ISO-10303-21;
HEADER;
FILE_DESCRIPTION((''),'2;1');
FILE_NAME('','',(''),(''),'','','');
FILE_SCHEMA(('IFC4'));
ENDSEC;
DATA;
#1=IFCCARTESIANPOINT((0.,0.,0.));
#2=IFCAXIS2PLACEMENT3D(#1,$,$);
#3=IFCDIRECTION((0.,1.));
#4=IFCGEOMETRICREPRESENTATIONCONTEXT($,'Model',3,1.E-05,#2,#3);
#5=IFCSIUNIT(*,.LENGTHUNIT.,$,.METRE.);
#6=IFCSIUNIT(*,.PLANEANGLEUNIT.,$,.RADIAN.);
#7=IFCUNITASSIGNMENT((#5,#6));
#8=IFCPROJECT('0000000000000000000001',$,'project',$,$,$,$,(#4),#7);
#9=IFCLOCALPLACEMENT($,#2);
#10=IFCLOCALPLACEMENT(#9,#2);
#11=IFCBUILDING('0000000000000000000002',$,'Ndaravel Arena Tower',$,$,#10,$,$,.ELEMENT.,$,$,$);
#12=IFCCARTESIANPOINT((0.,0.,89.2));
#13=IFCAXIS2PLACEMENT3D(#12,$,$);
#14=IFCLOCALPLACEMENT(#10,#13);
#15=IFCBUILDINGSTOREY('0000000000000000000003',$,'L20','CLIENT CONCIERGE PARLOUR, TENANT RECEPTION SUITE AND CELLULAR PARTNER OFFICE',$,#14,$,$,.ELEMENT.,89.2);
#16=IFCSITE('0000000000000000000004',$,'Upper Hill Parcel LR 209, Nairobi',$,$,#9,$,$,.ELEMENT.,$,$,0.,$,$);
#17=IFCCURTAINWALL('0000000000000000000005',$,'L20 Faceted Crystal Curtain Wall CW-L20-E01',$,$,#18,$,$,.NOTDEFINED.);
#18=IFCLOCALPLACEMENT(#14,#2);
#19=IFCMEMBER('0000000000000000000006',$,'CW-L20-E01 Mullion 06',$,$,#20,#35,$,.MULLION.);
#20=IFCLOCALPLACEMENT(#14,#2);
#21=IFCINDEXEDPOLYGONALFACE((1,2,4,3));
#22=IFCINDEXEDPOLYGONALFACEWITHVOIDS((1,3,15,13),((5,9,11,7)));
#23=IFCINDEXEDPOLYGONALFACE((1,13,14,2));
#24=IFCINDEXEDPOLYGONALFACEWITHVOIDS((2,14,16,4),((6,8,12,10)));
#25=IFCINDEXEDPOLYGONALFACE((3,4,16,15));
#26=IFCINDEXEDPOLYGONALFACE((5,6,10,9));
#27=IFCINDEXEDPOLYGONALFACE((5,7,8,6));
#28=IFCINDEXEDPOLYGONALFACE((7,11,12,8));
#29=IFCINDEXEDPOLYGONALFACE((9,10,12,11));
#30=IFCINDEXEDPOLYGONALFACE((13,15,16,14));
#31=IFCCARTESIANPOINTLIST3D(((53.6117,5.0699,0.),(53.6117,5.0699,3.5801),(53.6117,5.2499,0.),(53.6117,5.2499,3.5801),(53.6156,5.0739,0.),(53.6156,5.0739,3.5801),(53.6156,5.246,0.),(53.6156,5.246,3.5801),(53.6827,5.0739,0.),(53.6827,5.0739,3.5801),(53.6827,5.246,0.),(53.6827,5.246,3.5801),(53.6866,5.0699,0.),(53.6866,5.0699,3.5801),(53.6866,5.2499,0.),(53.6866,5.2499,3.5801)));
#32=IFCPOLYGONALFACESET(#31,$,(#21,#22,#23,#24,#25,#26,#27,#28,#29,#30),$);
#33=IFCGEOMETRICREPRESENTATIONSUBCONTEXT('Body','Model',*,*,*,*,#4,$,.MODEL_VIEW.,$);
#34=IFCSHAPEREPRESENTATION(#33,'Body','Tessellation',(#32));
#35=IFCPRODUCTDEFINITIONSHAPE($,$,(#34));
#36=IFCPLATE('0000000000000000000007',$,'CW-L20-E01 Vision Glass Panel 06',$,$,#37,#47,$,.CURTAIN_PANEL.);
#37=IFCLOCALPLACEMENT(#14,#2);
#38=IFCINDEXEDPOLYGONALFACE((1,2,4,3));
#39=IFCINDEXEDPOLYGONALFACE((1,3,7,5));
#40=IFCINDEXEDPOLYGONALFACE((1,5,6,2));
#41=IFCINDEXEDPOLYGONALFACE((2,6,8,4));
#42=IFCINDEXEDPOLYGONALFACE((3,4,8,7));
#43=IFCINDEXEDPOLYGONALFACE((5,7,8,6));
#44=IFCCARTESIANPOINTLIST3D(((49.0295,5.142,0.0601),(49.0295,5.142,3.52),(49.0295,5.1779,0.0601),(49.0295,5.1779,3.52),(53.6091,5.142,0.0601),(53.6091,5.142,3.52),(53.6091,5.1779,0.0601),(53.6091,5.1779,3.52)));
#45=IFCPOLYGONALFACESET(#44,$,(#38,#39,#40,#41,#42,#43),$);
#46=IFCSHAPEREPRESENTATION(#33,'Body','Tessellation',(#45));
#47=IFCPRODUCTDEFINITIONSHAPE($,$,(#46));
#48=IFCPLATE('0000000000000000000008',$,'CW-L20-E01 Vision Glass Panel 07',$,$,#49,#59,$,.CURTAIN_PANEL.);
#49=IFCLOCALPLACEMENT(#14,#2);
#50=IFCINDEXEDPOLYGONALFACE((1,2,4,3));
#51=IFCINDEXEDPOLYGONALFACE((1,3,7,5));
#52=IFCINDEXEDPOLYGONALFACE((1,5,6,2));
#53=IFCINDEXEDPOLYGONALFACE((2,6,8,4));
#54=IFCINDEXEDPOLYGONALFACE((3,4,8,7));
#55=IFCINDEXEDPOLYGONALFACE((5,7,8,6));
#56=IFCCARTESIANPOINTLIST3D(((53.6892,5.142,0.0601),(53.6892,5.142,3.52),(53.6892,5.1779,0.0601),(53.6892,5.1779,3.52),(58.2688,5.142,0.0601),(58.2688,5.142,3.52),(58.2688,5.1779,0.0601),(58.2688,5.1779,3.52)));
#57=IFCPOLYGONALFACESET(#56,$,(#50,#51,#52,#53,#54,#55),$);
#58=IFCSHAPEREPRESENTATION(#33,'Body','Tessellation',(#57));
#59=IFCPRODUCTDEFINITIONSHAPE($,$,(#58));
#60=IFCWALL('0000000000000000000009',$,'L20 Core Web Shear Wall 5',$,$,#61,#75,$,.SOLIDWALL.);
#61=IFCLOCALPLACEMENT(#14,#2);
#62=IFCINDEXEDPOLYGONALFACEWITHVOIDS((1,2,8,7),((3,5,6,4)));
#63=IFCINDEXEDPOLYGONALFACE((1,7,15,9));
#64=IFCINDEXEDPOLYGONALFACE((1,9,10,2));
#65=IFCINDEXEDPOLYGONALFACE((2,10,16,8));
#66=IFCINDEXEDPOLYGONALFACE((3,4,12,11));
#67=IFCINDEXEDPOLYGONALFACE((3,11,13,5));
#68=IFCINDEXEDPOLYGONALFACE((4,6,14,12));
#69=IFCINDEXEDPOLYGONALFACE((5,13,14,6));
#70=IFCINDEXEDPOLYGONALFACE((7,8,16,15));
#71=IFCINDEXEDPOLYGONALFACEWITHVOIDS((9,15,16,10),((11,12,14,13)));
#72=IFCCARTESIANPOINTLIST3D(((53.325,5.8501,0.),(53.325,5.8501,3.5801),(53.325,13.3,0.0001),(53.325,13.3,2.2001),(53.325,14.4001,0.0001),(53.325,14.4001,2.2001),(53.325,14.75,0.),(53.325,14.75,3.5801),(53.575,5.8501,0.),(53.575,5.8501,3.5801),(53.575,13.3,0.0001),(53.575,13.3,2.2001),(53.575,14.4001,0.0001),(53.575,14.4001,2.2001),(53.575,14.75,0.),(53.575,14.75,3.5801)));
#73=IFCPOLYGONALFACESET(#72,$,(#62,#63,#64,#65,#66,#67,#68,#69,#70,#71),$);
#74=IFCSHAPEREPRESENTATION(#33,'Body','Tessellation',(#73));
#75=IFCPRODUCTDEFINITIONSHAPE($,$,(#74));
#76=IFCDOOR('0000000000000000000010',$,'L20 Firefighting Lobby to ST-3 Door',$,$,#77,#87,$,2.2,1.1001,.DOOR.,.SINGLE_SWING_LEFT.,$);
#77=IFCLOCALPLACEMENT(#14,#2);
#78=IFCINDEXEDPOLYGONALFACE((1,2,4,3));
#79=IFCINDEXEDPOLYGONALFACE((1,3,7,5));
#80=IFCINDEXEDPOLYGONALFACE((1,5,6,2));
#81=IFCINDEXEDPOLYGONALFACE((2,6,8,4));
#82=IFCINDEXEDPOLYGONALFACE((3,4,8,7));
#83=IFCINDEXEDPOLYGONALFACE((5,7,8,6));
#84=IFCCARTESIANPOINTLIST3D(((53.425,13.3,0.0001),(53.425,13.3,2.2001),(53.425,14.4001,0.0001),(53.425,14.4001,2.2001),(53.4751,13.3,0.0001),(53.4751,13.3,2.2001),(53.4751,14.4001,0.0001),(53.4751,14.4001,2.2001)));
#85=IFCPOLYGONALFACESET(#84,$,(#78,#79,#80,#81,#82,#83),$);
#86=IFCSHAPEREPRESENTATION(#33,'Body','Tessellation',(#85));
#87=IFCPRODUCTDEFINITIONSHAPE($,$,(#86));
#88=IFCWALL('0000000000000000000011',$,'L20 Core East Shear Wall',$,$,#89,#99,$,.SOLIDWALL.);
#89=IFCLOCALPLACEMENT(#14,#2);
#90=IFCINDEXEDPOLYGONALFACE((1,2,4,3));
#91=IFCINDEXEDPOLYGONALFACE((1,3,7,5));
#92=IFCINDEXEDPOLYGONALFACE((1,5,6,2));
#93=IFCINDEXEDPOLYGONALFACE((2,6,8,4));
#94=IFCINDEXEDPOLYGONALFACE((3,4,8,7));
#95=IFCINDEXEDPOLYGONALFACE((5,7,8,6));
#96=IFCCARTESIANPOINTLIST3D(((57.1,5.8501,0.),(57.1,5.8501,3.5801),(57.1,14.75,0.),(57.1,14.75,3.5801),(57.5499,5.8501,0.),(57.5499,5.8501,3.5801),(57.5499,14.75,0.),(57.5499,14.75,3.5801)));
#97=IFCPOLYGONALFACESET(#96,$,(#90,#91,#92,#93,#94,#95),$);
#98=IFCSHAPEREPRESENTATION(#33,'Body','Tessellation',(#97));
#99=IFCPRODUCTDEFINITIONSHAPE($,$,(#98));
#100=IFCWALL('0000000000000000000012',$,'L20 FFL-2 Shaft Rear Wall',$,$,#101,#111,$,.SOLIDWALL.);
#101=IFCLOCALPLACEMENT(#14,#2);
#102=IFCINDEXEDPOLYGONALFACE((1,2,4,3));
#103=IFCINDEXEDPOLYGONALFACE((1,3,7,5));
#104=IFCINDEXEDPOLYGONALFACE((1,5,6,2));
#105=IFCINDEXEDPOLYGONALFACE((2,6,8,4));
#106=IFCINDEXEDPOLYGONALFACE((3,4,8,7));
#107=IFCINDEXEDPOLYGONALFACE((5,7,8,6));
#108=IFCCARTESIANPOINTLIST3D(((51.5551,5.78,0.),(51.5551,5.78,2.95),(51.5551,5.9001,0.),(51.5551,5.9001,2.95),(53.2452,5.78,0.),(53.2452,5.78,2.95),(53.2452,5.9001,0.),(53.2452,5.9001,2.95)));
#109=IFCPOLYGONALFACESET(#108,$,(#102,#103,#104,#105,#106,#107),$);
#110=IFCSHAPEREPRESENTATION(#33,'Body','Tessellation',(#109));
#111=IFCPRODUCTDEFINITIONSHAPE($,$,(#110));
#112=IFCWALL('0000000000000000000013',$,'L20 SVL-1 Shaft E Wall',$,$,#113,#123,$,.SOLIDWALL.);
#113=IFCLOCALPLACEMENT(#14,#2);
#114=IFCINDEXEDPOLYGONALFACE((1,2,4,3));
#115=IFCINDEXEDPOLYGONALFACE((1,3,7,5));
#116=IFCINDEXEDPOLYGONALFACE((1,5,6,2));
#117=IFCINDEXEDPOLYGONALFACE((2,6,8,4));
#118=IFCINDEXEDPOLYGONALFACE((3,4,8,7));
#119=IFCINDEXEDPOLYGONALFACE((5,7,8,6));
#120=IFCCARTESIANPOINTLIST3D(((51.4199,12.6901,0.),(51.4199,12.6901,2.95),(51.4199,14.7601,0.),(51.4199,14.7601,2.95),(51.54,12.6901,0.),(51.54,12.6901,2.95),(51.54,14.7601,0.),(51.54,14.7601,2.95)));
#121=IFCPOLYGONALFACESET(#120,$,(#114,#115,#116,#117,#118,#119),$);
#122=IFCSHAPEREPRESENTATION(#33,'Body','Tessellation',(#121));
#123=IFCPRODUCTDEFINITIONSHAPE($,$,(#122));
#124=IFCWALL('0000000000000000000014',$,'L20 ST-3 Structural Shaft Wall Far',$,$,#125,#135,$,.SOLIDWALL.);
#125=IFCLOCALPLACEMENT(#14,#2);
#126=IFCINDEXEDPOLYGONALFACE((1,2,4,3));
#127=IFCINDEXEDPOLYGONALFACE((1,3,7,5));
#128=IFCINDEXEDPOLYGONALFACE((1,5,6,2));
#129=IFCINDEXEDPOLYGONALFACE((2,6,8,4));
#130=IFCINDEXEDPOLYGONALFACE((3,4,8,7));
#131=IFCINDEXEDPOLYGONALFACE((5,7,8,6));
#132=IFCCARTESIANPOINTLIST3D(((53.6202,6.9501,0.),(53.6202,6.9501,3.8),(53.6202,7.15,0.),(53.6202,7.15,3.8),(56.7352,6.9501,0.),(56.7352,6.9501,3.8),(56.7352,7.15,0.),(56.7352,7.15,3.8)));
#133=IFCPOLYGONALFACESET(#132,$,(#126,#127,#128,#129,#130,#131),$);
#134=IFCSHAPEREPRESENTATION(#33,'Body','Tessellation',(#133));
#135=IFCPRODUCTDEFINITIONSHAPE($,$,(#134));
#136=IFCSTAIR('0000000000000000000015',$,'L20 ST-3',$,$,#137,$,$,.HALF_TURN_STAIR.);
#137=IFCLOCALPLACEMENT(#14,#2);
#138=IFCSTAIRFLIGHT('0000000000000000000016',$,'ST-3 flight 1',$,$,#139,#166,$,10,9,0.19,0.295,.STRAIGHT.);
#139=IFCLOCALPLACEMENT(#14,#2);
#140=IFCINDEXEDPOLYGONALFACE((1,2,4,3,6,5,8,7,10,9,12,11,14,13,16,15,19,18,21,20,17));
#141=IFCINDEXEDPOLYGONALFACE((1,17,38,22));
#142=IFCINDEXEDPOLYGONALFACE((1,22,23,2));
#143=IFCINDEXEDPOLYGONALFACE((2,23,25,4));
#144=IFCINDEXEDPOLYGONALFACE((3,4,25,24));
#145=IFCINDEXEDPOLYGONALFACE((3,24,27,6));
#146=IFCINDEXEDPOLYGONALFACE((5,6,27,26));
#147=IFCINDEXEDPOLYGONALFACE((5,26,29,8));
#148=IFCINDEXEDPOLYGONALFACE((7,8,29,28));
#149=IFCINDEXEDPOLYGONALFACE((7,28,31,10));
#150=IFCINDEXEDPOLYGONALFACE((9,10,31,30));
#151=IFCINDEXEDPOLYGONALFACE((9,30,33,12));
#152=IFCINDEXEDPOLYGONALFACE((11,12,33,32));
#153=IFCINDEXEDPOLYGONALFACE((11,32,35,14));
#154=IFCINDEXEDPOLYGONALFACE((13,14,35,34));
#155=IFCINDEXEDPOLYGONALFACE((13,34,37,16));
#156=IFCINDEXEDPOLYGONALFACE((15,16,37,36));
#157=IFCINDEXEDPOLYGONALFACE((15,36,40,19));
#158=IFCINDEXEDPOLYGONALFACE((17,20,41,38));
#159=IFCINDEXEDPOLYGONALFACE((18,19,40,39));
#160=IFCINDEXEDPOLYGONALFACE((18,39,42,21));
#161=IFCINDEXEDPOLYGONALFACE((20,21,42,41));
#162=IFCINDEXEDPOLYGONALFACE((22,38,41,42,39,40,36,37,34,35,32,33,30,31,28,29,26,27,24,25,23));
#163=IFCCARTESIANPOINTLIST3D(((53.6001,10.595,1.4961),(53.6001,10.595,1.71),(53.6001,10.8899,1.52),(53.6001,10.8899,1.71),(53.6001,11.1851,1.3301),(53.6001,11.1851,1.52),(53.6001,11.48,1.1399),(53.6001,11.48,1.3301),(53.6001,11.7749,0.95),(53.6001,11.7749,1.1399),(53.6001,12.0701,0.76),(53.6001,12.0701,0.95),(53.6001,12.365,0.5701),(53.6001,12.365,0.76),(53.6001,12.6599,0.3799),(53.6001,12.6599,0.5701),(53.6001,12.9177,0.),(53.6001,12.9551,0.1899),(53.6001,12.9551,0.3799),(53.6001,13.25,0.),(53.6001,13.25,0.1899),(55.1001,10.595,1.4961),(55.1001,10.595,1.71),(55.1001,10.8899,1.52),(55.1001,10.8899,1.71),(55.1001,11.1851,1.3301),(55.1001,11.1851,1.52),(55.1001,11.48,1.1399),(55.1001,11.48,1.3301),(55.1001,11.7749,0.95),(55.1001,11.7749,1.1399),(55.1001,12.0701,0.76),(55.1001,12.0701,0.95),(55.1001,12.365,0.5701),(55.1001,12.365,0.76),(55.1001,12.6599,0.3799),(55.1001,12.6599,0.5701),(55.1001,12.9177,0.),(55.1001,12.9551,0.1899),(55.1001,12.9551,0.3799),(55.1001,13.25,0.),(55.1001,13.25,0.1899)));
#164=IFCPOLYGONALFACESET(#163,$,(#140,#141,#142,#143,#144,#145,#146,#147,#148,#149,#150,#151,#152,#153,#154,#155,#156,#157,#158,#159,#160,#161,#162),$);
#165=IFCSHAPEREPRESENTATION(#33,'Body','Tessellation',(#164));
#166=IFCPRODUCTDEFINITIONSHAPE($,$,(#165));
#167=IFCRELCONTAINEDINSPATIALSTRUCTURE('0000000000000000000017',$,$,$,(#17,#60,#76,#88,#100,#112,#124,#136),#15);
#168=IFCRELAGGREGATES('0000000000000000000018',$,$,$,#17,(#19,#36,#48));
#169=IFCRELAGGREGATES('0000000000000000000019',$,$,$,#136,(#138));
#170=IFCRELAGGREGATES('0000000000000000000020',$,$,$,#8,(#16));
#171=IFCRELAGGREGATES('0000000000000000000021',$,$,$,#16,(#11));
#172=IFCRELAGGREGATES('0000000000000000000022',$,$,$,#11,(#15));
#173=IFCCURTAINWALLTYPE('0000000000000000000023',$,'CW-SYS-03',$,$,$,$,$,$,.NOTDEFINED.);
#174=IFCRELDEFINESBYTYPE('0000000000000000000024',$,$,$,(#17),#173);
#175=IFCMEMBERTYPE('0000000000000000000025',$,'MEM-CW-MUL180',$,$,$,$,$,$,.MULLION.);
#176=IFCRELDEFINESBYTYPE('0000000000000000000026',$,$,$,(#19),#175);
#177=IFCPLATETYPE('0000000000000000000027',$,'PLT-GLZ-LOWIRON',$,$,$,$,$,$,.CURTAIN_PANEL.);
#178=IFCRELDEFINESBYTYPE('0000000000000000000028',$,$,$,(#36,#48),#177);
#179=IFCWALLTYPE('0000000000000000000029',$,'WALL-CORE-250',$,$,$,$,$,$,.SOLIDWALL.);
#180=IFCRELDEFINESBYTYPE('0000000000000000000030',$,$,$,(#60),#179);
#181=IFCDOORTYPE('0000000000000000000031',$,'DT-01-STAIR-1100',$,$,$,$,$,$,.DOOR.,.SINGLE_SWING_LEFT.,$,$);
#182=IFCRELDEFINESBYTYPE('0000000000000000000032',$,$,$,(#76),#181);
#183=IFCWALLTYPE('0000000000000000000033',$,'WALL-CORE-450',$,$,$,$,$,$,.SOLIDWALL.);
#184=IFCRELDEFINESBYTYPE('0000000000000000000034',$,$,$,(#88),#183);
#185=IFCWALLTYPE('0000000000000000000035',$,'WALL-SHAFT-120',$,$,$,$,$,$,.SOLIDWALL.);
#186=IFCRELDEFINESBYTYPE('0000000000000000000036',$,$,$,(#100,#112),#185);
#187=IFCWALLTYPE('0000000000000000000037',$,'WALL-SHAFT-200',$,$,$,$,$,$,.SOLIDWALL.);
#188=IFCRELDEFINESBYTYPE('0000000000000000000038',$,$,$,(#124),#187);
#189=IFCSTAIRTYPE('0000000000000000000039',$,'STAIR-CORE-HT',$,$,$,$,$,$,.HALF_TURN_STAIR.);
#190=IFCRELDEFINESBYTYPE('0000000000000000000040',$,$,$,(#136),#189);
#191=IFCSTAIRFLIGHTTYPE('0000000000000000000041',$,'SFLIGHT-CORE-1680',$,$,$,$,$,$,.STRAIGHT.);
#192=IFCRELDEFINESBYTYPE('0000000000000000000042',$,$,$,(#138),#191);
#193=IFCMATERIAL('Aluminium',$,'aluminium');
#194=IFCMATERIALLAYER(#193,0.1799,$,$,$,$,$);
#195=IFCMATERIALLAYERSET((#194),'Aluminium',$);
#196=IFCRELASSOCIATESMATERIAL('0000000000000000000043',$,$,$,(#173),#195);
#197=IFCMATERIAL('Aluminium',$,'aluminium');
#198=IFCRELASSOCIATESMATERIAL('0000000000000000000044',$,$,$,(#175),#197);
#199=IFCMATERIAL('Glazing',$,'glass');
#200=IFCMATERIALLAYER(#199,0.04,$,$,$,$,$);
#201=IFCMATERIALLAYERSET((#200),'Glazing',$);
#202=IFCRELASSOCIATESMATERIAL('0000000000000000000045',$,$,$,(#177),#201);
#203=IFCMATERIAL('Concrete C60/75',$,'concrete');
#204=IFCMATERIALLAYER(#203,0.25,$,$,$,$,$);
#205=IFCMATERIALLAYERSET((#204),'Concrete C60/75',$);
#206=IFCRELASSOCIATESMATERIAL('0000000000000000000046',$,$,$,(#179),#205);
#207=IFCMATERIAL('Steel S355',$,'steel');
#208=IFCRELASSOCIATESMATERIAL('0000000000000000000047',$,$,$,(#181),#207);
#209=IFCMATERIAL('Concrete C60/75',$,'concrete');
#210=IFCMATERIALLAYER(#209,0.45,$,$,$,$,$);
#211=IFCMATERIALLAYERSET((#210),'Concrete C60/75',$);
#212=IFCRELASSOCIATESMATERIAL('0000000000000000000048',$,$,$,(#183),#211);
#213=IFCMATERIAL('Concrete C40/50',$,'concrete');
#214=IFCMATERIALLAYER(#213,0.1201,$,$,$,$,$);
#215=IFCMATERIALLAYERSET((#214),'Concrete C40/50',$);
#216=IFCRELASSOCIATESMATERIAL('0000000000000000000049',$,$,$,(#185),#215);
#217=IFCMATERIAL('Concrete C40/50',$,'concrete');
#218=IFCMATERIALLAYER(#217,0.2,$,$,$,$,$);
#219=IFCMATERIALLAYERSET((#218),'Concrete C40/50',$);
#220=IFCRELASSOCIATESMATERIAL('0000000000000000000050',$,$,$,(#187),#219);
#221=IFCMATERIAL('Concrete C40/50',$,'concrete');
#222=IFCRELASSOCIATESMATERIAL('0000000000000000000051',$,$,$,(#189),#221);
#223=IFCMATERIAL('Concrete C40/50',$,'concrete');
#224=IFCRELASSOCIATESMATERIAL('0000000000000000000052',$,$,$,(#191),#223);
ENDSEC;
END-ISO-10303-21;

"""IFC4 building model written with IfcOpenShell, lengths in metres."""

from ifc_helpers import new_model, si_unit, direction, frame, frame_2d, origin, origin_2d, place, context, subcontext, project, spatial, polyline, rectangle, hollow_rectangle, outline, extrude, material, layer, layer_set, material_profile, profile_set, type_object, element, fill, aggregate, save


model = new_model("IFC4")

# Units and contexts
model_context = context("Model", 3, precision=1e-05, world=origin(), true_north=direction((0.0, 1.0)))
body_context = subcontext(model_context, "Body", "Model", "MODEL_VIEW")
ifc_project = project(units=[si_unit("LENGTHUNIT", "METRE"), si_unit("PLANEANGLEUNIT", "RADIAN")], contexts=[model_context])

# Site, building, storey
site_placement = place(None, origin())
site = spatial("IfcSite", under=ifc_project, at=site_placement, Name="Upper Hill Parcel LR 209, Nairobi", CompositionType="ELEMENT", RefElevation=0.0)
building_placement = place(site_placement, origin())
building = spatial("IfcBuilding", under=site, at=building_placement, Name="Ndaravel Arena Tower", CompositionType="ELEMENT")
storey_placement = place(building_placement, frame((0.0, 0.0, 89.2)))
storey = spatial("IfcBuildingStorey", under=building, at=storey_placement, Name="L20", Description="CLIENT CONCIERGE PARLOUR, TENANT RECEPTION SUITE AND CELLULAR PARTNER OFFICE", CompositionType="ELEMENT", Elevation=89.2)

# Curtain wall, member, plates
ifc_material_1 = material(Name="Aluminium", Category="aluminium")
ifc_layer_1 = layer(ifc_material_1, 0.1799)
ifc_layer_set_1 = layer_set([ifc_layer_1], Name="Aluminium")
curtain_wall_type = type_object("IfcCurtainWallType", Name="CW-SYS-03", PredefinedType="NOTDEFINED", material=ifc_layer_set_1)
curtain_wall_placement = place(storey_placement, origin())
curtain_wall = element("IfcCurtainWall", 1, at=curtain_wall_placement, inside=storey, type_object=curtain_wall_type, Name="L20 Faceted Crystal Curtain Wall CW-L20-E01", PredefinedType="NOTDEFINED")
ifc_material_2 = material(Name="Aluminium", Category="aluminium")
ifc_material_profile = material_profile(ifc_material_2, hollow_rectangle(XDim=0.075, YDim=0.1799, WallThickness=0.0039, at=origin_2d()), Name="CW MULLION 75x180x4")
ifc_profile_set = profile_set([ifc_material_profile], Name="Aluminium")
member_type = type_object("IfcMemberType", Name="MEM-CW-MUL180", PredefinedType="MULLION", material=ifc_profile_set)
member_placement = place(storey_placement, frame((53.6492, 5.1599, 0.0), z_axis=(0.0, 0.0, 1.0), x_axis=(1.0, 0.0, 0.0)))
member = element("IfcMember", 2, at=member_placement, type_object=member_type, Name="CW-L20-E01 Mullion 06", PredefinedType="MULLION", context=body_context, shape_type="SweptSolid", body=[
    extrude(hollow_rectangle(XDim=0.075, YDim=0.1799, WallThickness=0.0039, at=origin_2d()), origin(), (0.0, 0.0, 1.0), 3.5801),
])
ifc_material_3 = material(Name="Glazing", Category="glass")
ifc_layer_2 = layer(ifc_material_3, 0.04)
ifc_layer_set_2 = layer_set([ifc_layer_2], Name="Glazing")
plate_type = type_object("IfcPlateType", Name="PLT-GLZ-LOWIRON", PredefinedType="CURTAIN_PANEL", material=ifc_layer_set_2)
plate_1_placement = place(storey_placement, frame((51.3193, 5.1599, 0.0601), z_axis=(0.0, 0.0, 1.0), x_axis=(1.0, 0.0, 0.0)))
plate_1 = element("IfcPlate", 3, at=plate_1_placement, type_object=plate_type, Name="CW-L20-E01 Vision Glass Panel 06", PredefinedType="CURTAIN_PANEL", context=body_context, shape_type="SweptSolid", body=[
    extrude(rectangle(XDim=4.5796, YDim=0.0359, at=origin_2d()), origin(), (0.0, 0.0, 1.0), 3.46),
])
plate_2_placement = place(storey_placement, frame((55.979, 5.1599, 0.0601), z_axis=(0.0, 0.0, 1.0), x_axis=(1.0, 0.0, 0.0)))
plate_2 = element("IfcPlate", 4, at=plate_2_placement, type_object=plate_type, Name="CW-L20-E01 Vision Glass Panel 07", PredefinedType="CURTAIN_PANEL", context=body_context, shape_type="SweptSolid", body=[
    extrude(rectangle(XDim=4.5796, YDim=0.0359, at=origin_2d()), origin(), (0.0, 0.0, 1.0), 3.46),
])
aggregate(curtain_wall, [member, plate_1, plate_2])

# Wall, opening, door
ifc_material_4 = material(Name="Concrete C60/75", Category="concrete")
ifc_layer_3 = layer(ifc_material_4, 0.25)
ifc_layer_set_3 = layer_set([ifc_layer_3], Name="Concrete C60/75")
wall_type_1 = type_object("IfcWallType", Name="WALL-CORE-250", PredefinedType="SOLIDWALL", material=ifc_layer_set_3)
wall_1_placement = place(storey_placement, frame((53.45, 5.8501, 0.0), z_axis=(0.0, 0.0, 1.0), x_axis=(0.0, 1.0, 0.0)))
wall_1 = element("IfcWall", 5, at=wall_1_placement, inside=storey, type_object=wall_type_1, Name="L20 Core Web Shear Wall 5", PredefinedType="SOLIDWALL", context=body_context, shape_type="SweptSolid", body=[
    extrude(rectangle(XDim=8.8999, YDim=0.25, at=frame_2d((4.45, 0.0))), origin(), (0.0, 0.0, 1.0), 3.5801),
])
opening_1_placement = place(wall_1_placement, frame((7.45, 0.0, 0.0)))
opening_1 = element("IfcOpeningElement", 6, at=opening_1_placement, cuts=wall_1, PredefinedType="OPENING", context=body_context, shape_type="SweptSolid", body=[
    extrude(rectangle(XDim=1.1001, YDim=2.2, at=frame_2d((0.55, 1.1001))), frame((0.0, 0.125, 0.0), z_axis=(0.0, -1.0, 0.0), x_axis=(1.0, 0.0, 0.0)), (0.0, 0.0, 1.0), 0.25),
])
ifc_material_5 = material(Name="Steel S355", Category="steel")
door_type_1 = type_object("IfcDoorType", Name="DT-01-STAIR-1100", OperationType="SINGLE_SWING_LEFT", PredefinedType="DOOR", material=ifc_material_5)
door_1_placement = place(opening_1_placement, origin())
door_1 = element("IfcDoor", 7, at=door_1_placement, inside=storey, type_object=door_type_1, Name="L20 Firefighting Lobby to ST-3 Door", OperationType="SINGLE_SWING_LEFT", OverallHeight=2.2, OverallWidth=1.1001, PredefinedType="DOOR", context=body_context, shape_type="SweptSolid", body=[
    extrude(rectangle(XDim=1.1001, YDim=2.2, at=frame_2d((0.55, 1.1001))), frame((0.0, 0.0249, 0.0), z_axis=(0.0, -1.0, 0.0), x_axis=(1.0, 0.0, 0.0)), (0.0, 0.0, 1.0), 0.05),
])
fill(opening_1, door_1)

# Walls
ifc_material_6 = material(Name="Concrete C60/75", Category="concrete")
ifc_layer_4 = layer(ifc_material_6, 0.45)
ifc_layer_set_4 = layer_set([ifc_layer_4], Name="Concrete C60/75")
wall_type_2 = type_object("IfcWallType", Name="WALL-CORE-450", PredefinedType="SOLIDWALL", material=ifc_layer_set_4)
wall_2_placement = place(storey_placement, frame((57.325, 5.8501, 0.0), z_axis=(0.0, 0.0, 1.0), x_axis=(0.0, 1.0, 0.0)))
element("IfcWall", 8, at=wall_2_placement, inside=storey, type_object=wall_type_2, Name="L20 Core East Shear Wall", PredefinedType="SOLIDWALL", context=body_context, shape_type="SweptSolid", body=[
    extrude(rectangle(XDim=8.8999, YDim=0.45, at=frame_2d((4.45, 0.0))), origin(), (0.0, 0.0, 1.0), 3.5801),
])
ifc_material_7 = material(Name="Concrete C40/50", Category="concrete")
ifc_layer_5 = layer(ifc_material_7, 0.1201)
ifc_layer_set_5 = layer_set([ifc_layer_5], Name="Concrete C40/50")
wall_type_3 = type_object("IfcWallType", Name="WALL-SHAFT-120", PredefinedType="SOLIDWALL", material=ifc_layer_set_5)
wall_3_placement = place(storey_placement, frame((51.5549, 5.8401, 0.0), z_axis=(0.0, 0.0, 1.0), x_axis=(1.0, 0.0, 0.0)))
element("IfcWall", 9, at=wall_3_placement, inside=storey, type_object=wall_type_3, Name="L20 FFL-2 Shaft Rear Wall", PredefinedType="SOLIDWALL", context=body_context, shape_type="SweptSolid", body=[
    extrude(rectangle(XDim=1.6902, YDim=0.1201, at=frame_2d((0.8452, 0.0))), origin(), (0.0, 0.0, 1.0), 2.95),
])
wall_4_placement = place(storey_placement, frame((51.48, 12.6899, 0.0), z_axis=(0.0, 0.0, 1.0), x_axis=(0.0, 1.0, 0.0)))
element("IfcWall", 10, at=wall_4_placement, inside=storey, type_object=wall_type_3, Name="L20 SVL-1 Shaft E Wall", PredefinedType="SOLIDWALL", context=body_context, shape_type="SweptSolid", body=[
    extrude(rectangle(XDim=2.0701, YDim=0.1201, at=frame_2d((1.0352, 0.0))), origin(), (0.0, 0.0, 1.0), 2.95),
])
ifc_material_8 = material(Name="Concrete C40/50", Category="concrete")
ifc_layer_6 = layer(ifc_material_8, 0.2)
ifc_layer_set_6 = layer_set([ifc_layer_6], Name="Concrete C40/50")
wall_type_4 = type_object("IfcWallType", Name="WALL-SHAFT-200", PredefinedType="SOLIDWALL", material=ifc_layer_set_6)
wall_5_placement = place(storey_placement, frame((53.6201, 7.05, 0.0), z_axis=(0.0, 0.0, 1.0), x_axis=(1.0, 0.0, 0.0)))
element("IfcWall", 11, at=wall_5_placement, inside=storey, type_object=wall_type_4, Name="L20 ST-3 Structural Shaft Wall Far", PredefinedType="SOLIDWALL", context=body_context, shape_type="SweptSolid", body=[
    extrude(rectangle(XDim=3.115, YDim=0.2, at=frame_2d((1.5576, 0.0))), origin(), (0.0, 0.0, 1.0), 3.8),
])

# Stair, stair flight
ifc_material_9 = material(Name="Concrete C40/50", Category="concrete")
stair_type = type_object("IfcStairType", Name="STAIR-CORE-HT", PredefinedType="HALF_TURN_STAIR", material=ifc_material_9)
stair_placement = place(storey_placement, origin())
stair = element("IfcStair", 12, at=stair_placement, inside=storey, type_object=stair_type, Name="L20 ST-3", PredefinedType="HALF_TURN_STAIR")
ifc_material_10 = material(Name="Concrete C40/50", Category="concrete")
stair_flight_type = type_object("IfcStairFlightType", Name="SFLIGHT-CORE-1680", PredefinedType="STRAIGHT", material=ifc_material_10)
stair_flight_1_placement = place(storey_placement, frame((54.3501, 13.25, 0.0), z_axis=(0.0, 0.0, 1.0), x_axis=(0.0, -1.0, 0.0)))
stair_flight_1 = element("IfcStairFlight", 13, at=stair_flight_1_placement, type_object=stair_flight_type, Name="ST-3 flight 1", NumberOfRisers=10, NumberOfTreads=9, PredefinedType="STRAIGHT", RiserHeight=0.19, TreadLength=0.295, context=body_context, shape_type="SweptSolid", body=[
    extrude(outline(polyline([(0.0, 0.0), (0.0, 0.1899), (0.2949, 0.1899), (0.2949, 0.3799), (0.5901, 0.3799), (0.5901, 0.5701), (0.885, 0.5701), (0.885, 0.76), (1.1799, 0.76), (1.1799, 0.95), (1.4751, 0.95), (1.4751, 1.1399), (1.77, 1.1399), (1.77, 1.3301), (2.0649, 1.3301), (2.0649, 1.52), (2.3601, 1.52), (2.3601, 1.71), (2.655, 1.71), (2.655, 1.8999), (2.655, 1.4961), (0.3323, 0.0), (0.0, 0.0)])), frame((0.0, 0.75, 0.0), z_axis=(0.0, -1.0, 0.0), x_axis=(1.0, 0.0, 0.0)), (0.0, 0.0, 1.0), 1.5),
])
aggregate(stair, [stair_flight_1])

save(model, "model.ifc")
